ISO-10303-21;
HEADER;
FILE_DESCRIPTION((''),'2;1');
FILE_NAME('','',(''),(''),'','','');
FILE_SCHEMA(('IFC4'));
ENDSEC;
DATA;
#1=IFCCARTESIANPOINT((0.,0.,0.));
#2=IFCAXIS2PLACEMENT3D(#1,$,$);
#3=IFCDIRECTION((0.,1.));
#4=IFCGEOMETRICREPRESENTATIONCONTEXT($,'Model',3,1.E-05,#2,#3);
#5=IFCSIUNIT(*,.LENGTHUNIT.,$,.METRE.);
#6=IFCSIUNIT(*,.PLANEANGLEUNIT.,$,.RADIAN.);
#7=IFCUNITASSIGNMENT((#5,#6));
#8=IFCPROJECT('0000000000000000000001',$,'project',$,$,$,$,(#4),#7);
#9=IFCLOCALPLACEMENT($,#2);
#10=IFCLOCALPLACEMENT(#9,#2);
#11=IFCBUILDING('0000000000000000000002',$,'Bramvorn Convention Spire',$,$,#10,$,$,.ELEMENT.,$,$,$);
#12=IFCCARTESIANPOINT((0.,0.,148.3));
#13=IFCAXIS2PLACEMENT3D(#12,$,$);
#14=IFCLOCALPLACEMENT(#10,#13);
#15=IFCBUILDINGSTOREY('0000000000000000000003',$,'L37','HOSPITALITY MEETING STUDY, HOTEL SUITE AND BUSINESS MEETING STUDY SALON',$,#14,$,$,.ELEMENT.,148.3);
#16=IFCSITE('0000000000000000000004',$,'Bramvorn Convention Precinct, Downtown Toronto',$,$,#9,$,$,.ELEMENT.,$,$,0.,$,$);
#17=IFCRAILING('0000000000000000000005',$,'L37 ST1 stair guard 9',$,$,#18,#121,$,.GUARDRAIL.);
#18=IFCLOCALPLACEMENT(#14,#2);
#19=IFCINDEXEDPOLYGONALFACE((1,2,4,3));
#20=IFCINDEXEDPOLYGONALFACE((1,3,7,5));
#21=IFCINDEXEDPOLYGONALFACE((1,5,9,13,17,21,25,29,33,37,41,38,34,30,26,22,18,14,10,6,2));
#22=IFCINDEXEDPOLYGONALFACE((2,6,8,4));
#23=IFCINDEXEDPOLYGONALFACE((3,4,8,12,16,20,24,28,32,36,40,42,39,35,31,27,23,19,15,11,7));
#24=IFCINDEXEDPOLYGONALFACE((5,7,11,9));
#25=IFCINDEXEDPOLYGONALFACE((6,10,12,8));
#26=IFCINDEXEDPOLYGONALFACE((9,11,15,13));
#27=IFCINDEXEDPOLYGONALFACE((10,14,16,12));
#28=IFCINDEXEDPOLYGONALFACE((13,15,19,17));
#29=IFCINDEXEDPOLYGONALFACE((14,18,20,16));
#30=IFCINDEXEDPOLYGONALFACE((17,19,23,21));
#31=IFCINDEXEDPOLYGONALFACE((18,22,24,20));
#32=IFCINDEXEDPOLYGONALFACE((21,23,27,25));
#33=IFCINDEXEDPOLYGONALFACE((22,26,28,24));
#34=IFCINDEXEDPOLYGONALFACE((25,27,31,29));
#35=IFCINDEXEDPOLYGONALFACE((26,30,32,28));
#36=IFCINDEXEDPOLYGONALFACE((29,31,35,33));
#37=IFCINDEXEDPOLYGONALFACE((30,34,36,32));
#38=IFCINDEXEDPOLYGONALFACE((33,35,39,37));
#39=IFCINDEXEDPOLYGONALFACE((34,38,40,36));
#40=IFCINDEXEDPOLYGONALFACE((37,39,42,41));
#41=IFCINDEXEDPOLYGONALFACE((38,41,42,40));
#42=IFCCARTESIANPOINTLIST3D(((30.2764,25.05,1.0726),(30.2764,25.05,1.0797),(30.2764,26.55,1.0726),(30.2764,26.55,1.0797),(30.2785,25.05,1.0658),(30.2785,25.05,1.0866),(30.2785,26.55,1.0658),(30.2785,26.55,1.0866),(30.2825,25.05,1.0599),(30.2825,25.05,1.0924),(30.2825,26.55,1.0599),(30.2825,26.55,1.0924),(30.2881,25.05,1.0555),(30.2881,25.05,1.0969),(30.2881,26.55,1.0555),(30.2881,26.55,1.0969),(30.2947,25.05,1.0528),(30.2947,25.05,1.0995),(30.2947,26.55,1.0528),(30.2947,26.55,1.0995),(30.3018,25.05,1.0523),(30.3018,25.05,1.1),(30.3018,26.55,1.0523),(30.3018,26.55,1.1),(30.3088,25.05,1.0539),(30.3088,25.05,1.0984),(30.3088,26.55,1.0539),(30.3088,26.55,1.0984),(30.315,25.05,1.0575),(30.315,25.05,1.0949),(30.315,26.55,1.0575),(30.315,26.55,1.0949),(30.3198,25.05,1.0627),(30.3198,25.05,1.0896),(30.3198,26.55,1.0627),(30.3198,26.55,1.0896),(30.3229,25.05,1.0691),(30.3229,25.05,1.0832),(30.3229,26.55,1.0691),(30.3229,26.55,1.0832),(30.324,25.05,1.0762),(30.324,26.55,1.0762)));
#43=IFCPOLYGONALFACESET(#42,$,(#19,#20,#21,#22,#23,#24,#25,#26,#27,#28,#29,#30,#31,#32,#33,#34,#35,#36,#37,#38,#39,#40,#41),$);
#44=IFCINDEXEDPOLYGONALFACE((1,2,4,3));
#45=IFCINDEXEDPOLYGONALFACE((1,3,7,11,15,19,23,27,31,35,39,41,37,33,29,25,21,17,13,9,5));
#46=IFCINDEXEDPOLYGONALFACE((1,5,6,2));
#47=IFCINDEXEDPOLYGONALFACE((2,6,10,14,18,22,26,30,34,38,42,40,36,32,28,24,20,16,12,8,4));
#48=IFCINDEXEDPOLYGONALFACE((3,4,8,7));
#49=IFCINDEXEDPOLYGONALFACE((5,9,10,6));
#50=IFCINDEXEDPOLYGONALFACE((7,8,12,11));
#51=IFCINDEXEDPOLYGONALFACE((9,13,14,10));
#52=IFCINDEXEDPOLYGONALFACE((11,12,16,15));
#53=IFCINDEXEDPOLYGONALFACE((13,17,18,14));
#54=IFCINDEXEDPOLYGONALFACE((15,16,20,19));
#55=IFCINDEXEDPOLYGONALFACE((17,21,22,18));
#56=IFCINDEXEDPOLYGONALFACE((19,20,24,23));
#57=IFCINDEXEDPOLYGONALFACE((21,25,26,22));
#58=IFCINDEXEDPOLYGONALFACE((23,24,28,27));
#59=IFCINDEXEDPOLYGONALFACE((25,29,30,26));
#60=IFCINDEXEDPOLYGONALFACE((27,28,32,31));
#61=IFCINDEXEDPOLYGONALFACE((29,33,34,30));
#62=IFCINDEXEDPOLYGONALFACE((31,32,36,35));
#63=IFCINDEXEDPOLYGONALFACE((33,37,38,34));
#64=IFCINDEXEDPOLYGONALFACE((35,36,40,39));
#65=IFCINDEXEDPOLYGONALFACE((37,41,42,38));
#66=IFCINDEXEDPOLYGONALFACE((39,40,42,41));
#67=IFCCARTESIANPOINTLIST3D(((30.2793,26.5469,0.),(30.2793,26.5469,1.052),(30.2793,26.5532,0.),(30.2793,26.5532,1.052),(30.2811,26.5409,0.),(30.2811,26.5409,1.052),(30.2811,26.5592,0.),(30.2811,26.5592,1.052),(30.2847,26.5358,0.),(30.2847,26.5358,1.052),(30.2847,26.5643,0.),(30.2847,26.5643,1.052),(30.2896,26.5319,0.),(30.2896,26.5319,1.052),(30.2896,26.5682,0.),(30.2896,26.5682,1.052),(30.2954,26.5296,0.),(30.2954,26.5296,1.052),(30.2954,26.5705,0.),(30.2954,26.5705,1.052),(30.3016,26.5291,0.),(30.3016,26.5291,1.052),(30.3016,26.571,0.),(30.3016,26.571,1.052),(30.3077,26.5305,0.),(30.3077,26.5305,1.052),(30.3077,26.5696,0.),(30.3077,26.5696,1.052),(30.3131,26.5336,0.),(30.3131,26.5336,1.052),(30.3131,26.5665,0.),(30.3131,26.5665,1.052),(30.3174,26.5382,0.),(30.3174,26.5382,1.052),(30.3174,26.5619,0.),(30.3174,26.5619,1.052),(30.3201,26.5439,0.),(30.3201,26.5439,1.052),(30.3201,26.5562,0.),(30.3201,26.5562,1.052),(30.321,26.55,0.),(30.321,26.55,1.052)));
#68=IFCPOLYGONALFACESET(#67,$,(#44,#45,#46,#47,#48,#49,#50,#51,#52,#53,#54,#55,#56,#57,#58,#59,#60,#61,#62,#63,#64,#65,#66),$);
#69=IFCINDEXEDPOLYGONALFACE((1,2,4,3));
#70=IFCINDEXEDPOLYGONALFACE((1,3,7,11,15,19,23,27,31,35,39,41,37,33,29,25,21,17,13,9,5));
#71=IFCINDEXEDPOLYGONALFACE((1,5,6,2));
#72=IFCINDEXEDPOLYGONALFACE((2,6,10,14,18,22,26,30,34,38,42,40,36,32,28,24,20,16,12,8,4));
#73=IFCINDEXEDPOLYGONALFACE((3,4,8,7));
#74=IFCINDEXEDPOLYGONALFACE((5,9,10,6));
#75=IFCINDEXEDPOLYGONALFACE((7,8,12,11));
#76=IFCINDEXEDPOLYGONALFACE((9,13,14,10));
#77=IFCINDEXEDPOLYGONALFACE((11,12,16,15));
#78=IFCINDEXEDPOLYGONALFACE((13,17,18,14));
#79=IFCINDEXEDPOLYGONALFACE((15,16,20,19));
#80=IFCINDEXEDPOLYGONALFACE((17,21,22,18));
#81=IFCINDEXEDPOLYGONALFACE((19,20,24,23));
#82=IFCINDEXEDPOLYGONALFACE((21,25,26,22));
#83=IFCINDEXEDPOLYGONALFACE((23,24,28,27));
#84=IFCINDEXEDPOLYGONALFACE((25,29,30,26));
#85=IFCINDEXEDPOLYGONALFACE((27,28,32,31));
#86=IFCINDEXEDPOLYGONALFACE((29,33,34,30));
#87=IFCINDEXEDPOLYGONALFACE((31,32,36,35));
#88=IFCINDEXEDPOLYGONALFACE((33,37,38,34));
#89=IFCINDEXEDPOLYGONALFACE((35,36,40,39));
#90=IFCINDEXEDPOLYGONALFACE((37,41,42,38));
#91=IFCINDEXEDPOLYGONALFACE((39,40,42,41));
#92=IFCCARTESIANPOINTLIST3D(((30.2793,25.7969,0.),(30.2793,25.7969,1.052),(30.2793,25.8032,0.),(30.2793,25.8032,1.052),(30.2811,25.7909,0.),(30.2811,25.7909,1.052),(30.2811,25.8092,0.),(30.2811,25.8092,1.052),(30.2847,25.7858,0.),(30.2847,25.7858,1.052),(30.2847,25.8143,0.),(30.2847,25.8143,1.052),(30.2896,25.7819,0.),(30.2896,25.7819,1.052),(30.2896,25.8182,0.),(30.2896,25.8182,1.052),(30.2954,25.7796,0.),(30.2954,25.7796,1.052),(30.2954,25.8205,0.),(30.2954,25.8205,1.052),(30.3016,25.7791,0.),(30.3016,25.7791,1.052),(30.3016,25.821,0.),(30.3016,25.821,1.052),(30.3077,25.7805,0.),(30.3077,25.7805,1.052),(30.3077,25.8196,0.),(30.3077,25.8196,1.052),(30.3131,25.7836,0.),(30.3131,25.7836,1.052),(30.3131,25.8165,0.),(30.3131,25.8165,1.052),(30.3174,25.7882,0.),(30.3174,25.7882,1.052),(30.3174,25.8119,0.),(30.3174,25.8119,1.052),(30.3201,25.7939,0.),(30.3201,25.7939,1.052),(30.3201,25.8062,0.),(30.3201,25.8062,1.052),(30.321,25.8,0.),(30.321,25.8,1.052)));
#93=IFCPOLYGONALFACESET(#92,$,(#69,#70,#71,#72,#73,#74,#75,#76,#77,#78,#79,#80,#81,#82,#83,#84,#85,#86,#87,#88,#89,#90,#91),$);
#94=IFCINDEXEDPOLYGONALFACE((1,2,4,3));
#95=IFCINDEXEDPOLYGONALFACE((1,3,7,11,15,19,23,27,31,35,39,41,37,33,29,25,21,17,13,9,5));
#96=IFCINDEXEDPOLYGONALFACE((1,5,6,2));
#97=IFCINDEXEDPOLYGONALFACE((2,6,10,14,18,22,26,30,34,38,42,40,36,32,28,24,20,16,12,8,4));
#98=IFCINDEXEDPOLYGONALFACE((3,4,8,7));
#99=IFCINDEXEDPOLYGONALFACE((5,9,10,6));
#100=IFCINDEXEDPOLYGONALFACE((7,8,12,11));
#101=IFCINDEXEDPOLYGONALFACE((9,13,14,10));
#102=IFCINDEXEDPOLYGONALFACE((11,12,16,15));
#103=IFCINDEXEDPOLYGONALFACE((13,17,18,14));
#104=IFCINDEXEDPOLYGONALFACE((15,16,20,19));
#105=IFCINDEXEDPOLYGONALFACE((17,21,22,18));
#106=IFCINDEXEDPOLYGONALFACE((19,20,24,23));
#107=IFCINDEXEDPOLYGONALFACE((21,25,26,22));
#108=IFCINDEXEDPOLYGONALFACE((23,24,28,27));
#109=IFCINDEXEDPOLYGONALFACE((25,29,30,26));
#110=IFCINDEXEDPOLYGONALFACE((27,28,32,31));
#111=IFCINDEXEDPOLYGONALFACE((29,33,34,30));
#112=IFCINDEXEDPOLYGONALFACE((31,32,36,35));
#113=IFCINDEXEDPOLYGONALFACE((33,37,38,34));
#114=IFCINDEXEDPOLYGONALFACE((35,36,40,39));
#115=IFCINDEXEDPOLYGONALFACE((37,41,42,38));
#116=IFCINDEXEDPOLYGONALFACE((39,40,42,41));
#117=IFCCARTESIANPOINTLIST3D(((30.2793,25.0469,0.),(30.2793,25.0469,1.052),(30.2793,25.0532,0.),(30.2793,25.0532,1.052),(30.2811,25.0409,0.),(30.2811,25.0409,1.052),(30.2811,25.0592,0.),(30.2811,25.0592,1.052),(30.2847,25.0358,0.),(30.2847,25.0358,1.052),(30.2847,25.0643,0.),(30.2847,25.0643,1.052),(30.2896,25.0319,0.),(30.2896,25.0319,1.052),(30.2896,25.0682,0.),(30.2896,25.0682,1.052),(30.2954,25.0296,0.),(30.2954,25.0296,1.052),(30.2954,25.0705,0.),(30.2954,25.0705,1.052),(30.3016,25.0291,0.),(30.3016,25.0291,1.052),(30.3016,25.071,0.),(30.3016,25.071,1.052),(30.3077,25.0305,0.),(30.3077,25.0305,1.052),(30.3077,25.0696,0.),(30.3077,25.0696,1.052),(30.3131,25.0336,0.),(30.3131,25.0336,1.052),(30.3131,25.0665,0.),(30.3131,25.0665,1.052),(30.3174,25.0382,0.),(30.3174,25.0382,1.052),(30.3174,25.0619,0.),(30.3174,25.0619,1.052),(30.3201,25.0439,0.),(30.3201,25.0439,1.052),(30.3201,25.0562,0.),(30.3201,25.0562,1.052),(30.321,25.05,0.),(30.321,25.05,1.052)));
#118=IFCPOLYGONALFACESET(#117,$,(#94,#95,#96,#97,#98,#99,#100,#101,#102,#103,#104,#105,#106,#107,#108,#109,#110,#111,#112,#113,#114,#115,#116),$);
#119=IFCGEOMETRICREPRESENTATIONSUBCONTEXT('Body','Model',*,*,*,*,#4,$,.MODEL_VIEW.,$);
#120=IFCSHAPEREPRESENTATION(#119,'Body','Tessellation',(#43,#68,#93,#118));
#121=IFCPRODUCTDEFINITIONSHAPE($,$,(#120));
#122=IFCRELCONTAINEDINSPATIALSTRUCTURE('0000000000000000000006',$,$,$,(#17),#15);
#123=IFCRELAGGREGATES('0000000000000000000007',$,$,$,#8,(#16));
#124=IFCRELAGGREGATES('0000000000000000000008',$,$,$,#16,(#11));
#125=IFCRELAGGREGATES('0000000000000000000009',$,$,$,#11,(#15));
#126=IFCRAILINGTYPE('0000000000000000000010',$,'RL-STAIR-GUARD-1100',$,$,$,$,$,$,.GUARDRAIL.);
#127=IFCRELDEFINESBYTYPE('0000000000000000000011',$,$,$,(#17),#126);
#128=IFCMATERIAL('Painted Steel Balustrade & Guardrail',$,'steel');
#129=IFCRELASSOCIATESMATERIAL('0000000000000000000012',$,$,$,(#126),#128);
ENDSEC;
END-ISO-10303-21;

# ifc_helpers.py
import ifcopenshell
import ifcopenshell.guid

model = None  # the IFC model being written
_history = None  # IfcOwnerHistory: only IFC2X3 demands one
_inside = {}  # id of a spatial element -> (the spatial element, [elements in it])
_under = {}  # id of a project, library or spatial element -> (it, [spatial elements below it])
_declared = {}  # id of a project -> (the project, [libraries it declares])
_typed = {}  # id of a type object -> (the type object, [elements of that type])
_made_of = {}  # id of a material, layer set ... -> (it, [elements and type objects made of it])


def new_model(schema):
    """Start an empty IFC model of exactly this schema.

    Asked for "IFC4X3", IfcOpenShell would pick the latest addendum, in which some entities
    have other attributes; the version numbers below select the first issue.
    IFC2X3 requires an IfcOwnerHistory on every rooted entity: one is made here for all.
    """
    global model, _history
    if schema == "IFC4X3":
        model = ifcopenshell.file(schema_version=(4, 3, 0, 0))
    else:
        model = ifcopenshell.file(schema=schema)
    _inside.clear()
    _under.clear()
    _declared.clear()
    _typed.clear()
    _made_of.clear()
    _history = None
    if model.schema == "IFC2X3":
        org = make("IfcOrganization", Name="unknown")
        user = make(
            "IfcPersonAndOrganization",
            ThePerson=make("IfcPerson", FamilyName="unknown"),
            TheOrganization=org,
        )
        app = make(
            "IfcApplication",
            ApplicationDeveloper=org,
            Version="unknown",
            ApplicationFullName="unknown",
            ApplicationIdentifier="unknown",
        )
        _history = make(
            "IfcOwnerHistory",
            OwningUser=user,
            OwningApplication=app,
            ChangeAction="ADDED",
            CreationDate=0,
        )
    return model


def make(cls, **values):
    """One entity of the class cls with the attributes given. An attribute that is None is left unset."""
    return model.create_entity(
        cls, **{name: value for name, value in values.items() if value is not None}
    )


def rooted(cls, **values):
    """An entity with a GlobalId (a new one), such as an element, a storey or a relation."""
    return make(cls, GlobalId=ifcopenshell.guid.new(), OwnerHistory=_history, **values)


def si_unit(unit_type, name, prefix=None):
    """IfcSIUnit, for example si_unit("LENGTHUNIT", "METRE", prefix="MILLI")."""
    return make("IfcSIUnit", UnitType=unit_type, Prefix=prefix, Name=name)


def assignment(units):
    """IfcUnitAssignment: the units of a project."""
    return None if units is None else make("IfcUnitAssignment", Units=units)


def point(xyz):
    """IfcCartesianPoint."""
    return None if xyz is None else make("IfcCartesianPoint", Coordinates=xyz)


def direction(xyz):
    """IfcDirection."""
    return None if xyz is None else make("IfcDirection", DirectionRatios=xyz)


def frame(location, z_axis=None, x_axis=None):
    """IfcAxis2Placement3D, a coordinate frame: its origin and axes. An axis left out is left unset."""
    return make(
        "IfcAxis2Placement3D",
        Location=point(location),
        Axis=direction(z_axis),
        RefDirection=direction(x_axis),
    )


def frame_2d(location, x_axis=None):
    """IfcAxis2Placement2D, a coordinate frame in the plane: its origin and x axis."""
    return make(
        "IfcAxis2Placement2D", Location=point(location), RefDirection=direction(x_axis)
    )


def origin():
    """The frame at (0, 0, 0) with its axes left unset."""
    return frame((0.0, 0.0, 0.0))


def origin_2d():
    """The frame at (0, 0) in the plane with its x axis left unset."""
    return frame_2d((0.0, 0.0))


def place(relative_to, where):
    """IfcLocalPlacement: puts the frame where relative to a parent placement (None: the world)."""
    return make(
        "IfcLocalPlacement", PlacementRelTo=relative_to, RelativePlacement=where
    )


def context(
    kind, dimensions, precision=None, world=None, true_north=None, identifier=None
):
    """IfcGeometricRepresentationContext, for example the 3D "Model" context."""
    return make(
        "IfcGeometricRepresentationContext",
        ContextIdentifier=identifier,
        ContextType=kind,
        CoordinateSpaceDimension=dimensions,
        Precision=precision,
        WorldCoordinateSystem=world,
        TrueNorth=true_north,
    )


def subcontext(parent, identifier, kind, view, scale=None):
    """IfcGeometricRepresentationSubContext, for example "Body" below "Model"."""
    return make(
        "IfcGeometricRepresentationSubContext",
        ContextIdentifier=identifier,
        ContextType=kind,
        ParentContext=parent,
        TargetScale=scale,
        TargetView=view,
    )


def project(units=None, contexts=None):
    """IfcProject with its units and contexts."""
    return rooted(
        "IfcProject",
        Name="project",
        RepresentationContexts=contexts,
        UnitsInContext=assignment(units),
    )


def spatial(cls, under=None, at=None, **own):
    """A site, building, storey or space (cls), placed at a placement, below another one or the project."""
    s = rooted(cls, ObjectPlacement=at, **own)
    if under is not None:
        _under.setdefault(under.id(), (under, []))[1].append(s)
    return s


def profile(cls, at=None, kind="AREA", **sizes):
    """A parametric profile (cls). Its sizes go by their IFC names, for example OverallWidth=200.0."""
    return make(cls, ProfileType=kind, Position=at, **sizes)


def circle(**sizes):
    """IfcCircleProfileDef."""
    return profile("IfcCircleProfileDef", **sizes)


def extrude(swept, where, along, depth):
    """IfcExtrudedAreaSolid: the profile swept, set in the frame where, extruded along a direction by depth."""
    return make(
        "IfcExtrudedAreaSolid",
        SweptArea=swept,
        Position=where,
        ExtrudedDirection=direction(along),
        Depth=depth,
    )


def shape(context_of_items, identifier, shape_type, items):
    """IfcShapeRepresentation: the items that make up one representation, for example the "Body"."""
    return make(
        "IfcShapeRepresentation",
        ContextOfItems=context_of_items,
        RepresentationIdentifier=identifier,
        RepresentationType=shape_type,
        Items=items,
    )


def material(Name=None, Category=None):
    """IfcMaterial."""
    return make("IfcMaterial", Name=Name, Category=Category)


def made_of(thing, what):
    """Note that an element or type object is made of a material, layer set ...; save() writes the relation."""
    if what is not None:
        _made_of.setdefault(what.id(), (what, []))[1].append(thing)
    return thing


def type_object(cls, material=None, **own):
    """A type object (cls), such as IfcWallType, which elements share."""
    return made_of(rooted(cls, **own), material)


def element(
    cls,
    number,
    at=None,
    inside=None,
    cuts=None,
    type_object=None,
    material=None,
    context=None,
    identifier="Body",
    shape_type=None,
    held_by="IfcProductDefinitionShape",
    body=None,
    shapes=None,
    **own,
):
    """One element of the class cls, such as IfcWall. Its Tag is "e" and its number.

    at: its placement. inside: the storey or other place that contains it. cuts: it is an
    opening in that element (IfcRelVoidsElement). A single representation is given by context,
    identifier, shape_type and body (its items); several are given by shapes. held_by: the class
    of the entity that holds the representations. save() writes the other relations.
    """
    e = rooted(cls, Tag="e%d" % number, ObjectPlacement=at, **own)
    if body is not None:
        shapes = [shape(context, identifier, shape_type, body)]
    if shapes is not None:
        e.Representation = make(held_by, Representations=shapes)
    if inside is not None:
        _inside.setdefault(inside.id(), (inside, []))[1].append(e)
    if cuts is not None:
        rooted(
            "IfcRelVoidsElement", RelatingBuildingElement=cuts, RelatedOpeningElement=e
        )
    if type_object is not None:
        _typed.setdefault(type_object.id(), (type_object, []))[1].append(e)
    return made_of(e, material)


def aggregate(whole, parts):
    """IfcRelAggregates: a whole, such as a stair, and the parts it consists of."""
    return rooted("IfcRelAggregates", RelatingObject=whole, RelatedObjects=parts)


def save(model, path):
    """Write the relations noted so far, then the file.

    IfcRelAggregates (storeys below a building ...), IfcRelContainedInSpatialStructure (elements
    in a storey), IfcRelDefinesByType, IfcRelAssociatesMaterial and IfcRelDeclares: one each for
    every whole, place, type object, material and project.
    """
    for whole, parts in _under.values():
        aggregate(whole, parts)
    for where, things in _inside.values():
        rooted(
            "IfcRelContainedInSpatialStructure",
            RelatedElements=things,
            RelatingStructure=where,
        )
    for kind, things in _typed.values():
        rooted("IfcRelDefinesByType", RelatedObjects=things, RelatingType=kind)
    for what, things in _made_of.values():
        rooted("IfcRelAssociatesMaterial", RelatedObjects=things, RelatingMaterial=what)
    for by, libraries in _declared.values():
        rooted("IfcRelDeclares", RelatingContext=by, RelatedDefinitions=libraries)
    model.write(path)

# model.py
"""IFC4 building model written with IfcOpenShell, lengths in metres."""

from ifc_helpers import new_model, si_unit, direction, frame, origin, origin_2d, place, context, subcontext, project, spatial, circle, extrude, material, type_object, element, save


model = new_model("IFC4")

# Units and contexts
model_context = context("Model", 3, precision=1e-05, world=origin(), true_north=direction((0.0, 1.0)))
body_context = subcontext(model_context, "Body", "Model", "MODEL_VIEW")
ifc_project = project(units=[si_unit("LENGTHUNIT", "METRE"), si_unit("PLANEANGLEUNIT", "RADIAN")], contexts=[model_context])

# Site, building, storey
site_placement = place(None, origin())
site = spatial("IfcSite", under=ifc_project, at=site_placement, Name="Bramvorn Convention Precinct, Downtown Toronto", CompositionType="ELEMENT", RefElevation=0.0)
building_placement = place(site_placement, origin())
building = spatial("IfcBuilding", under=site, at=building_placement, Name="Bramvorn Convention Spire", CompositionType="ELEMENT")
storey_placement = place(building_placement, frame((0.0, 0.0, 148.3)))
storey = spatial("IfcBuildingStorey", under=building, at=storey_placement, Name="L37", Description="HOSPITALITY MEETING STUDY, HOTEL SUITE AND BUSINESS MEETING STUDY SALON", CompositionType="ELEMENT", Elevation=148.3)

# Railing
ifc_material_1 = material(Name="Painted Steel Balustrade & Guardrail", Category="steel")
railing_type_1 = type_object("IfcRailingType", Name="RL-STAIR-GUARD-1100", PredefinedType="GUARDRAIL", material=ifc_material_1)
for number, where, name in (
    (1, (30.3, 26.55, 0.0), "L37 ST1 stair guard 9"),
):
    element("IfcRailing", number, at=place(storey_placement, frame(where)), inside=storey, type_object=railing_type_1, Name=name, PredefinedType="GUARDRAIL", context=body_context, shape_type="SweptSolid", body=[
        extrude(circle(Radius=0.0239, at=origin_2d()), frame((0.0, 0.0, 1.0762), z_axis=(0.0, -1.0, 0.0), x_axis=(1.0, 0.0, 0.0)), (0.0, 0.0, 1.0), 1.5),
        extrude(circle(Radius=0.021, at=origin_2d()), origin(), (0.0, 0.0, 1.0), 1.052),
        extrude(circle(Radius=0.021, at=origin_2d()), frame((0.0, -0.75, 0.0)), (0.0, 0.0, 1.0), 1.052),
        extrude(circle(Radius=0.021, at=origin_2d()), frame((0.0, -1.5, 0.0)), (0.0, 0.0, 1.0), 1.052),
    ])

save(model, "model.ifc")
